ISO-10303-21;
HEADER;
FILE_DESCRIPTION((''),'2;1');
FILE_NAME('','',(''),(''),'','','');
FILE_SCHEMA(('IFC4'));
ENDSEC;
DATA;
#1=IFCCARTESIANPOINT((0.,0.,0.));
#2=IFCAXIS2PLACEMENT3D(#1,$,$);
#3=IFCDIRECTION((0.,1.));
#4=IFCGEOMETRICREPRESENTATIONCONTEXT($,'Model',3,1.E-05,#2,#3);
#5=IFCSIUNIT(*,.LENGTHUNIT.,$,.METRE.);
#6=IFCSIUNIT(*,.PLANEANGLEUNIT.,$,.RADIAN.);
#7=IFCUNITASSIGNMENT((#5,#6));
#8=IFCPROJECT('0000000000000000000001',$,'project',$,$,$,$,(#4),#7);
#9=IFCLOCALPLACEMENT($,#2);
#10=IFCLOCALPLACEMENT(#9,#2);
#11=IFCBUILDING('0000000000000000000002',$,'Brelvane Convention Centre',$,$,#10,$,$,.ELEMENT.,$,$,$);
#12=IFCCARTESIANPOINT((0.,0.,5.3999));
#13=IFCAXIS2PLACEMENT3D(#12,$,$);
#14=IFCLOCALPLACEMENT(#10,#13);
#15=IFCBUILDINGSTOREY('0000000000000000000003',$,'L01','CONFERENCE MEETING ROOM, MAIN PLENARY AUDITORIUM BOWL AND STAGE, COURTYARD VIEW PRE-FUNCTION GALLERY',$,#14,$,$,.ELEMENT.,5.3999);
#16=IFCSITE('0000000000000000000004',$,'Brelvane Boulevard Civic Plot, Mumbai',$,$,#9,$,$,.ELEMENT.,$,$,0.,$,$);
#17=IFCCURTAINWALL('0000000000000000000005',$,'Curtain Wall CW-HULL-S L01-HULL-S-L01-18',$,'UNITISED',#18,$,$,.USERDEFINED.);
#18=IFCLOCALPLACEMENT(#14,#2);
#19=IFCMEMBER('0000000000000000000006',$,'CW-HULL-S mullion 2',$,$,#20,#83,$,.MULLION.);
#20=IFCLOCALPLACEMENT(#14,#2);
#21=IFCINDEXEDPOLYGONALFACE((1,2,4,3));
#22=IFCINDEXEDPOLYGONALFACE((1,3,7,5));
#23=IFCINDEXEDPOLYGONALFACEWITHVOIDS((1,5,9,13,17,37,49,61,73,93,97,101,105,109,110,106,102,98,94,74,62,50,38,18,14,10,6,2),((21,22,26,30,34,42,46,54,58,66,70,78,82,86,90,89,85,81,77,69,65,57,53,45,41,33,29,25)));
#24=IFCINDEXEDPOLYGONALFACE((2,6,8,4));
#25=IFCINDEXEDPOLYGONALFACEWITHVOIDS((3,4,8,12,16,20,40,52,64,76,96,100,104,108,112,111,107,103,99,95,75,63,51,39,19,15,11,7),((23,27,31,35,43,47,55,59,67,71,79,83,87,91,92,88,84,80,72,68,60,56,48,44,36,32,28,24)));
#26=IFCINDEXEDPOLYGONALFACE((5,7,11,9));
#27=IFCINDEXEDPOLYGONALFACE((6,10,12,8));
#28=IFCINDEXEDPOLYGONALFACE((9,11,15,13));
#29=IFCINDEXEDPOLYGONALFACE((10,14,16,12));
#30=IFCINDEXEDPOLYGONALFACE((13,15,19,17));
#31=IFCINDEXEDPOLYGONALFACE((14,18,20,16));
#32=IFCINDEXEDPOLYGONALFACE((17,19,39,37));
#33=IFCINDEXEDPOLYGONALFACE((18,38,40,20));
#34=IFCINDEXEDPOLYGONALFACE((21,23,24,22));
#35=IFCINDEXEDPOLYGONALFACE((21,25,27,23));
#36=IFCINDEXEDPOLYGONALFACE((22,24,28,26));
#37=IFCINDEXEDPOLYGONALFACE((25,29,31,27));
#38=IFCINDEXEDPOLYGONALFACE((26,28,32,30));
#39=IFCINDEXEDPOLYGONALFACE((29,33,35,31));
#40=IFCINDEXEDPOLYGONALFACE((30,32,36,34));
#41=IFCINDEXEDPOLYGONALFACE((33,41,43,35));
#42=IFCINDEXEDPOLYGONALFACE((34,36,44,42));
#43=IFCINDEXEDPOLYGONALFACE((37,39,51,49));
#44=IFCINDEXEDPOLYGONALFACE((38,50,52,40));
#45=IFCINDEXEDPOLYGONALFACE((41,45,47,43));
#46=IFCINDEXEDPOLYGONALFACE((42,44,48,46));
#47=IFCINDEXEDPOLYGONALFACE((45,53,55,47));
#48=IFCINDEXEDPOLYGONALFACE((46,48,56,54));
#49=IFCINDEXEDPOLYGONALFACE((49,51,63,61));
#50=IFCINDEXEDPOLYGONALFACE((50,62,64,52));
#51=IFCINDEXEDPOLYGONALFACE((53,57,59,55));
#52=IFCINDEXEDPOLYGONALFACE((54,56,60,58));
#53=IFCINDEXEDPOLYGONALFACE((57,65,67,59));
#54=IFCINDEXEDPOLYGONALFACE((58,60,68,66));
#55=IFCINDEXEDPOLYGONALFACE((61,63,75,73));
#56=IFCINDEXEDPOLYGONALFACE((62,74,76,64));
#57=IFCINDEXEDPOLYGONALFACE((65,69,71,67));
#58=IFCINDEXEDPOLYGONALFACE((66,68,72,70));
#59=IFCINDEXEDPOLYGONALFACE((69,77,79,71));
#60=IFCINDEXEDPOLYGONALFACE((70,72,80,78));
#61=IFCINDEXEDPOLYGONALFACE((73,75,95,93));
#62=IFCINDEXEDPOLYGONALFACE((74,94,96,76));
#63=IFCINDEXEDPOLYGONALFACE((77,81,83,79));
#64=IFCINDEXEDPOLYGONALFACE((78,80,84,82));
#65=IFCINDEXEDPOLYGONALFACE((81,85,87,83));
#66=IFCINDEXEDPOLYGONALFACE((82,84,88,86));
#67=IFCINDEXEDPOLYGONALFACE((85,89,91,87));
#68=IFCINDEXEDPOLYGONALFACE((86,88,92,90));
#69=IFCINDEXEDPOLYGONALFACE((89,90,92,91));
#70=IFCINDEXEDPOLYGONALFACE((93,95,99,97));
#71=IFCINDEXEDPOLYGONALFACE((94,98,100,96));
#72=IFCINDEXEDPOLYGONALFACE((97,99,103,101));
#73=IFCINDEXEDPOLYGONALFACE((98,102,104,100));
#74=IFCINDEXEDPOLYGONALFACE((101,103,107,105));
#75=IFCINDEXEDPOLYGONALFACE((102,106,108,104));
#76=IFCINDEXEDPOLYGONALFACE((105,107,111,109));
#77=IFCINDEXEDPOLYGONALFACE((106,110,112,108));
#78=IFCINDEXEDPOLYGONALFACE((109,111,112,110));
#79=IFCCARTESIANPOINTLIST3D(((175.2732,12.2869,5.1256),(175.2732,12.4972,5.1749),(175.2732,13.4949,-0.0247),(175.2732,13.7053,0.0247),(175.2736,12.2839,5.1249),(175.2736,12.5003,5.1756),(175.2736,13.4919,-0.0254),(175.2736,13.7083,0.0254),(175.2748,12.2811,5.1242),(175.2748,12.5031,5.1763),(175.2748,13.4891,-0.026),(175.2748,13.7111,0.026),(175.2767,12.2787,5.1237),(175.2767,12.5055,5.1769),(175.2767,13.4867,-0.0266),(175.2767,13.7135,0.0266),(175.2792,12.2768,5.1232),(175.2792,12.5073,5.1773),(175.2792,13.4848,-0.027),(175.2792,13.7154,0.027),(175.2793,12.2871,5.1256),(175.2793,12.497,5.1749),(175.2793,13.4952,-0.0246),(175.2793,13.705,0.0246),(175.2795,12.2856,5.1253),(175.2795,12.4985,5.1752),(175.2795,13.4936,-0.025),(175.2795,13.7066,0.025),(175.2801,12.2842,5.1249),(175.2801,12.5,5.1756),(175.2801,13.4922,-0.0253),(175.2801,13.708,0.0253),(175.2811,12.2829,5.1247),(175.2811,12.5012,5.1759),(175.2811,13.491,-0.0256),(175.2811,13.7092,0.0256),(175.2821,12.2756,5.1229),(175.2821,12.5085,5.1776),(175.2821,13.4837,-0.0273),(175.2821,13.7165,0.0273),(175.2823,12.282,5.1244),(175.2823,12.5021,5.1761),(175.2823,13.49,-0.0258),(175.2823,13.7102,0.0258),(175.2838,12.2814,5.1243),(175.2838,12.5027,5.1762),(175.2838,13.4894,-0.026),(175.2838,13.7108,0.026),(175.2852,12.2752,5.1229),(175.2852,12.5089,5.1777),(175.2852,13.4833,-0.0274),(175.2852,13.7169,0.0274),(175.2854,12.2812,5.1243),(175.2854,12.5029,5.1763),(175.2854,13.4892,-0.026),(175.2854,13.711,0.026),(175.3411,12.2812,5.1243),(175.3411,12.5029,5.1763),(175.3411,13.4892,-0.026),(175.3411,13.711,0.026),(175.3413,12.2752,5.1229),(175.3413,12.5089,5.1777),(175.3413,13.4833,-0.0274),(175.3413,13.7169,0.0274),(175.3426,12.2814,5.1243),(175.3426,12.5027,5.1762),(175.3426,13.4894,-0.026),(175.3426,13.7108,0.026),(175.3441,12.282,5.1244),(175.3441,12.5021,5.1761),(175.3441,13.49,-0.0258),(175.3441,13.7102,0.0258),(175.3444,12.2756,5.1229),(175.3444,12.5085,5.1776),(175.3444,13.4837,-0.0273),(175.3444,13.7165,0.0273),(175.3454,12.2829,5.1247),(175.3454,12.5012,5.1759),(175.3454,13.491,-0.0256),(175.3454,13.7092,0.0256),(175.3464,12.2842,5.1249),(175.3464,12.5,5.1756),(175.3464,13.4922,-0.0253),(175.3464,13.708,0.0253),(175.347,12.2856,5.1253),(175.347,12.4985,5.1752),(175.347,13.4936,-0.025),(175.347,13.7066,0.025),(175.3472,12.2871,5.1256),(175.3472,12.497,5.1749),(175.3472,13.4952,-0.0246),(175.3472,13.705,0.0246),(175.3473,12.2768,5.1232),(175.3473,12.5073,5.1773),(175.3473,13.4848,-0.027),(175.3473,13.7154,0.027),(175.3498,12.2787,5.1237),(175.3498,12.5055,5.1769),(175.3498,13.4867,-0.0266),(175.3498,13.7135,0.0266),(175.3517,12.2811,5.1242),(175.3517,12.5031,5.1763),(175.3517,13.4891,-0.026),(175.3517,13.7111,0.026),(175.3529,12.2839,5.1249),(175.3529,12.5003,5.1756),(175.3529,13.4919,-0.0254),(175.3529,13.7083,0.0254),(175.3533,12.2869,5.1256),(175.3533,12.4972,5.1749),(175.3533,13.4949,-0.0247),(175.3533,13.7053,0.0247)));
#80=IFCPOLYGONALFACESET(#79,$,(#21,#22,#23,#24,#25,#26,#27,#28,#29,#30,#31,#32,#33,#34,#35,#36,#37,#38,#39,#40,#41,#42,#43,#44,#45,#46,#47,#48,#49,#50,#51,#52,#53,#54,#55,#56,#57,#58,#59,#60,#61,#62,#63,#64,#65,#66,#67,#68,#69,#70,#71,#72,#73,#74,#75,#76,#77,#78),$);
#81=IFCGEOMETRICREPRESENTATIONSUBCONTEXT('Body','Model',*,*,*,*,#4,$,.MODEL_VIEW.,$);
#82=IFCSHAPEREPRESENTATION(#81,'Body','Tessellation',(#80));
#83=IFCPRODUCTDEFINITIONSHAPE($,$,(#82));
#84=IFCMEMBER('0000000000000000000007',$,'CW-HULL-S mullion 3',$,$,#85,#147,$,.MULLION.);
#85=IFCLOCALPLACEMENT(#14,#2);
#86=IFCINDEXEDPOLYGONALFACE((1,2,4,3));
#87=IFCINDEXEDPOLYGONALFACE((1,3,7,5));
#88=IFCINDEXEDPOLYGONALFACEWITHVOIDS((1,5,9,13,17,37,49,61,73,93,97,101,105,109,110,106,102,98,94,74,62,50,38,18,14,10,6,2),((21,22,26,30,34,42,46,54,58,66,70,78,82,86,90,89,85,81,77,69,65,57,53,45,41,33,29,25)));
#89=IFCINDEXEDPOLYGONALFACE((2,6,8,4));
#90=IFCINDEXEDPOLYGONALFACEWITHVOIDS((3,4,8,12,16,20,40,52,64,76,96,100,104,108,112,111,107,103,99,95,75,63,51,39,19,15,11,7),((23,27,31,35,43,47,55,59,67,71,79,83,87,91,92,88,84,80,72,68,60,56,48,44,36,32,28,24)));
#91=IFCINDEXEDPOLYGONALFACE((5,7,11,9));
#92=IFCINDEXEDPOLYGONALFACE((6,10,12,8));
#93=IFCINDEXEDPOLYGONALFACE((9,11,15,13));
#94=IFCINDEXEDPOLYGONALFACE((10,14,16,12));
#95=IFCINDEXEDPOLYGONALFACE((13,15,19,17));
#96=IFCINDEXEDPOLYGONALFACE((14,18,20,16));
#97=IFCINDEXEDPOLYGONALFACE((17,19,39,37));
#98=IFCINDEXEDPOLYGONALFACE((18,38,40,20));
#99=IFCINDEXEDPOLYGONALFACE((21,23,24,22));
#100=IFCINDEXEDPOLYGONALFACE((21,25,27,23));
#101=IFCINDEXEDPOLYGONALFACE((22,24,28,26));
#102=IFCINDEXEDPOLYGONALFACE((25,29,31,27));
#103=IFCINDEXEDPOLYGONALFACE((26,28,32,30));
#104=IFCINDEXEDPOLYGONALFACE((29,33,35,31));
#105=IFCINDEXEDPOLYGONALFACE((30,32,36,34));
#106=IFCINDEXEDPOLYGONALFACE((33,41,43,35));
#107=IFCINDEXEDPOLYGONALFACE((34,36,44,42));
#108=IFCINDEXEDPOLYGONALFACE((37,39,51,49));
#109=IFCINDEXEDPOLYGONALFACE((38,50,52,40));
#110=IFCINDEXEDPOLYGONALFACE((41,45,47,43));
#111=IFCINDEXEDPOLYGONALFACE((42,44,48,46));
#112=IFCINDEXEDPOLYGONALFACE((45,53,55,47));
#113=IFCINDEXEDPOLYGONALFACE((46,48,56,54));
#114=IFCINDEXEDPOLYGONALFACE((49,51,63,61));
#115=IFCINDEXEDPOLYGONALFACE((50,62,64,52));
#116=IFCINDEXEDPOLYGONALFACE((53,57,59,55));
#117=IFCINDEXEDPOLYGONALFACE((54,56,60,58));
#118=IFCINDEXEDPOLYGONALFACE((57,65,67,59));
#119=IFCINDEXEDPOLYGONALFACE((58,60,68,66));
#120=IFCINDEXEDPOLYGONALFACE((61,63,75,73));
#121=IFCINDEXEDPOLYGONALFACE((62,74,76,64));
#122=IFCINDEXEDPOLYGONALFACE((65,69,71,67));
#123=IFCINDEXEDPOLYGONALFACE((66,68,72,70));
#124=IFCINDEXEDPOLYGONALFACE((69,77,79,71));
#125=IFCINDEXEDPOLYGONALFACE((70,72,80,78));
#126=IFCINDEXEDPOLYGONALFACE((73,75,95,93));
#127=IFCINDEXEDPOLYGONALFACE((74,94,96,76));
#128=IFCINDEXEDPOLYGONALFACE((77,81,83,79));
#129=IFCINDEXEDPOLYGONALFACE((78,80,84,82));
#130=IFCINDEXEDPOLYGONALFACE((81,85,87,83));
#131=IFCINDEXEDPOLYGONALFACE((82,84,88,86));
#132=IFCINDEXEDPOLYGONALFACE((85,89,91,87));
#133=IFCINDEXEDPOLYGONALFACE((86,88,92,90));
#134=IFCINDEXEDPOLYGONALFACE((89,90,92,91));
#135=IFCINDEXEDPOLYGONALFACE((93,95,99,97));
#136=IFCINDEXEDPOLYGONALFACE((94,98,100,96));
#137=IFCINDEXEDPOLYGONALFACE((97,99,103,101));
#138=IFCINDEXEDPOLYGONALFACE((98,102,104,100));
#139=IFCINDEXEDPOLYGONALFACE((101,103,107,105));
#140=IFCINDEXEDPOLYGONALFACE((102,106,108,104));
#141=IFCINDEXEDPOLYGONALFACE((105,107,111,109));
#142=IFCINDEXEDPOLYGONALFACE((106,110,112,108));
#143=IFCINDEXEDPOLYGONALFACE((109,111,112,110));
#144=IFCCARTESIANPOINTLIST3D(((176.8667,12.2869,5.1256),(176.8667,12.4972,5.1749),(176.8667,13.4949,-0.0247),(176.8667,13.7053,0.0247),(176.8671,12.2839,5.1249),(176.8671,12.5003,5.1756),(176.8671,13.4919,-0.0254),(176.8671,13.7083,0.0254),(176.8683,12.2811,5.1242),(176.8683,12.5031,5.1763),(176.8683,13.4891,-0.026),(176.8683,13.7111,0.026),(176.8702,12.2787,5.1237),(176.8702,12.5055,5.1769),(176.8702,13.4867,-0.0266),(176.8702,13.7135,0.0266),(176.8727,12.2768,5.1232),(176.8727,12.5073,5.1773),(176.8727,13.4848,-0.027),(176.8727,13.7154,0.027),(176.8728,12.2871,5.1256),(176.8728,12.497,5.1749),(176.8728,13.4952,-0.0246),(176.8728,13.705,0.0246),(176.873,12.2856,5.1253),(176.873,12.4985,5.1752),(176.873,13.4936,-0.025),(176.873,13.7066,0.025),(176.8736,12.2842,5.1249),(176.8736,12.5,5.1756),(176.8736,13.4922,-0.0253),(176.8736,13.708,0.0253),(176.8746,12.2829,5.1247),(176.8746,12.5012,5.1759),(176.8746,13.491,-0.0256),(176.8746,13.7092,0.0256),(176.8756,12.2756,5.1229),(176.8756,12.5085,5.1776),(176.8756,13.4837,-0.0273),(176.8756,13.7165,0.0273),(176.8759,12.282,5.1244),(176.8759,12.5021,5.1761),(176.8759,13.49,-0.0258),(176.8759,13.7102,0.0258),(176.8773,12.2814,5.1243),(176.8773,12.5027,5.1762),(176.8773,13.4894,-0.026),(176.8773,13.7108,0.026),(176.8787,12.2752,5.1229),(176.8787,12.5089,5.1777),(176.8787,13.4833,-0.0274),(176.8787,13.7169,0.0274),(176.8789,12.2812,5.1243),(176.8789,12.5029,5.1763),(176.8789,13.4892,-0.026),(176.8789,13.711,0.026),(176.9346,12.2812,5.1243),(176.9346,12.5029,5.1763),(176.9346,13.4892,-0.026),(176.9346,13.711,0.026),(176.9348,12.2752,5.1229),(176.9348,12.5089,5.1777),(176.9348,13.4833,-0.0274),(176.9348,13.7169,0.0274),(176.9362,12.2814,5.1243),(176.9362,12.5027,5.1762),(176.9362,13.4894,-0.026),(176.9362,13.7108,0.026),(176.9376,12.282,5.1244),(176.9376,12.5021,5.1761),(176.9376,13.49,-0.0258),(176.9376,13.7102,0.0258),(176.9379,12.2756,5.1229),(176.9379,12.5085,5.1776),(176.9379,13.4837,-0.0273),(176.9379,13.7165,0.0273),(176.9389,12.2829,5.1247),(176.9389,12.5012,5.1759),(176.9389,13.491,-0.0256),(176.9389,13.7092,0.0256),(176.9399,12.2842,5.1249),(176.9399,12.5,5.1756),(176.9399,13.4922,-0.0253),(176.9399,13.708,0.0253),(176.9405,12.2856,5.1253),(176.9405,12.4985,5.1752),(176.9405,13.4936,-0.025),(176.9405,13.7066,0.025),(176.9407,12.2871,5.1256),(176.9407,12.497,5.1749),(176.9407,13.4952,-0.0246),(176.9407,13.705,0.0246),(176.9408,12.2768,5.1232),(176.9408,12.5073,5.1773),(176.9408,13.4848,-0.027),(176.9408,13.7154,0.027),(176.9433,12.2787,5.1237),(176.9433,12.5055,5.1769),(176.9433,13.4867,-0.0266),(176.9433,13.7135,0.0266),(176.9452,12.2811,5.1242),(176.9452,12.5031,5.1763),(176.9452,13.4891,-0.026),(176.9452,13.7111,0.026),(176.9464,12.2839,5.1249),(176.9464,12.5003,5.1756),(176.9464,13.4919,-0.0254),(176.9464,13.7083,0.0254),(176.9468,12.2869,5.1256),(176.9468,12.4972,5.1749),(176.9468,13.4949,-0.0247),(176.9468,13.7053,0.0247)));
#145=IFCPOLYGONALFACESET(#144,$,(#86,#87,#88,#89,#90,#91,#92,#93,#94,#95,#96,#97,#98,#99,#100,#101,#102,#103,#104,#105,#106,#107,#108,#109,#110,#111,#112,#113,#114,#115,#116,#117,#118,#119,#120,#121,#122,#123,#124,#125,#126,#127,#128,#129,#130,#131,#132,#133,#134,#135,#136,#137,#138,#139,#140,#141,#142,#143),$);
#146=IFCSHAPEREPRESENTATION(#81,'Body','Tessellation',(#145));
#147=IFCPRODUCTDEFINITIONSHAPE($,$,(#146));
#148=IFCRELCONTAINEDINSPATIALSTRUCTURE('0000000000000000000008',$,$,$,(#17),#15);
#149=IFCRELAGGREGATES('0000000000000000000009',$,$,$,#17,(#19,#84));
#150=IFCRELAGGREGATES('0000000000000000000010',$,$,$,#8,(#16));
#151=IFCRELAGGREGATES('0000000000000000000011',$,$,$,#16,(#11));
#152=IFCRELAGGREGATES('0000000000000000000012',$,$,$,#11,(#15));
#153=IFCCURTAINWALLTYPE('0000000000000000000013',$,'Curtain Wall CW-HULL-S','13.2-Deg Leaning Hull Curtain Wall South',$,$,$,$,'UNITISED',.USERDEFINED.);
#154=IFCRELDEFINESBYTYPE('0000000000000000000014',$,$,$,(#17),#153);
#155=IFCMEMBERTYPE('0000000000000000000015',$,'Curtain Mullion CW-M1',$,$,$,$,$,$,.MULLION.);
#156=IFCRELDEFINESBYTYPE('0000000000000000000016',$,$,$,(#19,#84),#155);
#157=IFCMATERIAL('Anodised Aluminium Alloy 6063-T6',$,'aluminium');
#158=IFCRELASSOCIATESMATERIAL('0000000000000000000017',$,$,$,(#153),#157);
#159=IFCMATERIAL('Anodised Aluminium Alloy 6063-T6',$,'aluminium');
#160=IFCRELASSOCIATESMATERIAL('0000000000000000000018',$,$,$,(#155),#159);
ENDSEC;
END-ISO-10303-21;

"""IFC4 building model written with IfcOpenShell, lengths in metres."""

from ifc_helpers import new_model, si_unit, direction, frame, origin, origin_2d, place, context, subcontext, project, spatial, hollow_rectangle, extrude, material, material_profile, profile_set, type_object, element, aggregate, save


model = new_model("IFC4")

# Units and contexts
model_context = context("Model", 3, precision=1e-05, world=origin(), true_north=direction((0.0, 1.0)))
body_context = subcontext(model_context, "Body", "Model", "MODEL_VIEW")
ifc_project = project(units=[si_unit("LENGTHUNIT", "METRE"), si_unit("PLANEANGLEUNIT", "RADIAN")], contexts=[model_context])

# Site, building, storey
site_placement = place(None, origin())
site = spatial("IfcSite", under=ifc_project, at=site_placement, Name="Brelvane Boulevard Civic Plot, Mumbai", CompositionType="ELEMENT", RefElevation=0.0)
building_placement = place(site_placement, origin())
building = spatial("IfcBuilding", under=site, at=building_placement, Name="Brelvane Convention Centre", CompositionType="ELEMENT")
storey_placement = place(building_placement, frame((0.0, 0.0, 5.3999)))
storey = spatial("IfcBuildingStorey", under=building, at=storey_placement, Name="L01", Description="CONFERENCE MEETING ROOM, MAIN PLENARY AUDITORIUM BOWL AND STAGE, COURTYARD VIEW PRE-FUNCTION GALLERY", CompositionType="ELEMENT", Elevation=5.3999)

# Curtain wall, members
ifc_material_1 = material(Name="Anodised Aluminium Alloy 6063-T6", Category="aluminium")
curtain_wall_type = type_object("IfcCurtainWallType", Name="Curtain Wall CW-HULL-S", Description="13.2-Deg Leaning Hull Curtain Wall South", ElementType="UNITISED", PredefinedType="USERDEFINED", material=ifc_material_1)
ifc_material_2 = material(Name="Anodised Aluminium Alloy 6063-T6", Category="aluminium")
ifc_material_profile_1 = material_profile(ifc_material_2, hollow_rectangle(XDim=0.0801, YDim=0.24, WallThickness=0.0061, InnerFilletRadius=0.0061, OuterFilletRadius=0.012, at=origin_2d()), Name="ALU-M 240x80x6.0")
ifc_profile_set_1 = profile_set([ifc_material_profile_1], Name="Anodised Aluminium Alloy 6063-T6")
member_type_1 = type_object("IfcMemberType", Name="Curtain Mullion CW-M1", PredefinedType="MULLION", material=ifc_profile_set_1)
curtain_wall_1_placement = place(storey_placement, origin())
curtain_wall_1 = element("IfcCurtainWall", 1, at=curtain_wall_1_placement, inside=storey, type_object=curtain_wall_type, Name="Curtain Wall CW-HULL-S L01-HULL-S-L01-18", ObjectType="UNITISED", PredefinedType="USERDEFINED")
member_1_placement = place(storey_placement, frame((175.3132, 13.6001, 0.0), z_axis=(0.0, -0.22836, 0.973577), x_axis=(1.0, 0.0, 0.0)))
member_1 = element("IfcMember", 2, at=member_1_placement, type_object=member_type_1, Name="CW-HULL-S mullion 2", PredefinedType="MULLION", context=body_context, shape_type="SweptSolid", body=[
    extrude(hollow_rectangle(XDim=0.0801, YDim=0.24, WallThickness=0.0061, InnerFilletRadius=0.0061, OuterFilletRadius=0.012, at=origin_2d()), origin(), (0.0, 0.0, 1.0), 5.29),
])
member_2_placement = place(storey_placement, frame((176.9067, 13.6001, 0.0), z_axis=(0.0, -0.22836, 0.973577), x_axis=(1.0, 0.0, 0.0)))
member_2 = element("IfcMember", 3, at=member_2_placement, type_object=member_type_1, Name="CW-HULL-S mullion 3", PredefinedType="MULLION", context=body_context, shape_type="SweptSolid", body=[
    extrude(hollow_rectangle(XDim=0.0801, YDim=0.24, WallThickness=0.0061, InnerFilletRadius=0.0061, OuterFilletRadius=0.012, at=origin_2d()), origin(), (0.0, 0.0, 1.0), 5.29),
])
aggregate(curtain_wall_1, [member_1, member_2])

save(model, "model.ifc")
